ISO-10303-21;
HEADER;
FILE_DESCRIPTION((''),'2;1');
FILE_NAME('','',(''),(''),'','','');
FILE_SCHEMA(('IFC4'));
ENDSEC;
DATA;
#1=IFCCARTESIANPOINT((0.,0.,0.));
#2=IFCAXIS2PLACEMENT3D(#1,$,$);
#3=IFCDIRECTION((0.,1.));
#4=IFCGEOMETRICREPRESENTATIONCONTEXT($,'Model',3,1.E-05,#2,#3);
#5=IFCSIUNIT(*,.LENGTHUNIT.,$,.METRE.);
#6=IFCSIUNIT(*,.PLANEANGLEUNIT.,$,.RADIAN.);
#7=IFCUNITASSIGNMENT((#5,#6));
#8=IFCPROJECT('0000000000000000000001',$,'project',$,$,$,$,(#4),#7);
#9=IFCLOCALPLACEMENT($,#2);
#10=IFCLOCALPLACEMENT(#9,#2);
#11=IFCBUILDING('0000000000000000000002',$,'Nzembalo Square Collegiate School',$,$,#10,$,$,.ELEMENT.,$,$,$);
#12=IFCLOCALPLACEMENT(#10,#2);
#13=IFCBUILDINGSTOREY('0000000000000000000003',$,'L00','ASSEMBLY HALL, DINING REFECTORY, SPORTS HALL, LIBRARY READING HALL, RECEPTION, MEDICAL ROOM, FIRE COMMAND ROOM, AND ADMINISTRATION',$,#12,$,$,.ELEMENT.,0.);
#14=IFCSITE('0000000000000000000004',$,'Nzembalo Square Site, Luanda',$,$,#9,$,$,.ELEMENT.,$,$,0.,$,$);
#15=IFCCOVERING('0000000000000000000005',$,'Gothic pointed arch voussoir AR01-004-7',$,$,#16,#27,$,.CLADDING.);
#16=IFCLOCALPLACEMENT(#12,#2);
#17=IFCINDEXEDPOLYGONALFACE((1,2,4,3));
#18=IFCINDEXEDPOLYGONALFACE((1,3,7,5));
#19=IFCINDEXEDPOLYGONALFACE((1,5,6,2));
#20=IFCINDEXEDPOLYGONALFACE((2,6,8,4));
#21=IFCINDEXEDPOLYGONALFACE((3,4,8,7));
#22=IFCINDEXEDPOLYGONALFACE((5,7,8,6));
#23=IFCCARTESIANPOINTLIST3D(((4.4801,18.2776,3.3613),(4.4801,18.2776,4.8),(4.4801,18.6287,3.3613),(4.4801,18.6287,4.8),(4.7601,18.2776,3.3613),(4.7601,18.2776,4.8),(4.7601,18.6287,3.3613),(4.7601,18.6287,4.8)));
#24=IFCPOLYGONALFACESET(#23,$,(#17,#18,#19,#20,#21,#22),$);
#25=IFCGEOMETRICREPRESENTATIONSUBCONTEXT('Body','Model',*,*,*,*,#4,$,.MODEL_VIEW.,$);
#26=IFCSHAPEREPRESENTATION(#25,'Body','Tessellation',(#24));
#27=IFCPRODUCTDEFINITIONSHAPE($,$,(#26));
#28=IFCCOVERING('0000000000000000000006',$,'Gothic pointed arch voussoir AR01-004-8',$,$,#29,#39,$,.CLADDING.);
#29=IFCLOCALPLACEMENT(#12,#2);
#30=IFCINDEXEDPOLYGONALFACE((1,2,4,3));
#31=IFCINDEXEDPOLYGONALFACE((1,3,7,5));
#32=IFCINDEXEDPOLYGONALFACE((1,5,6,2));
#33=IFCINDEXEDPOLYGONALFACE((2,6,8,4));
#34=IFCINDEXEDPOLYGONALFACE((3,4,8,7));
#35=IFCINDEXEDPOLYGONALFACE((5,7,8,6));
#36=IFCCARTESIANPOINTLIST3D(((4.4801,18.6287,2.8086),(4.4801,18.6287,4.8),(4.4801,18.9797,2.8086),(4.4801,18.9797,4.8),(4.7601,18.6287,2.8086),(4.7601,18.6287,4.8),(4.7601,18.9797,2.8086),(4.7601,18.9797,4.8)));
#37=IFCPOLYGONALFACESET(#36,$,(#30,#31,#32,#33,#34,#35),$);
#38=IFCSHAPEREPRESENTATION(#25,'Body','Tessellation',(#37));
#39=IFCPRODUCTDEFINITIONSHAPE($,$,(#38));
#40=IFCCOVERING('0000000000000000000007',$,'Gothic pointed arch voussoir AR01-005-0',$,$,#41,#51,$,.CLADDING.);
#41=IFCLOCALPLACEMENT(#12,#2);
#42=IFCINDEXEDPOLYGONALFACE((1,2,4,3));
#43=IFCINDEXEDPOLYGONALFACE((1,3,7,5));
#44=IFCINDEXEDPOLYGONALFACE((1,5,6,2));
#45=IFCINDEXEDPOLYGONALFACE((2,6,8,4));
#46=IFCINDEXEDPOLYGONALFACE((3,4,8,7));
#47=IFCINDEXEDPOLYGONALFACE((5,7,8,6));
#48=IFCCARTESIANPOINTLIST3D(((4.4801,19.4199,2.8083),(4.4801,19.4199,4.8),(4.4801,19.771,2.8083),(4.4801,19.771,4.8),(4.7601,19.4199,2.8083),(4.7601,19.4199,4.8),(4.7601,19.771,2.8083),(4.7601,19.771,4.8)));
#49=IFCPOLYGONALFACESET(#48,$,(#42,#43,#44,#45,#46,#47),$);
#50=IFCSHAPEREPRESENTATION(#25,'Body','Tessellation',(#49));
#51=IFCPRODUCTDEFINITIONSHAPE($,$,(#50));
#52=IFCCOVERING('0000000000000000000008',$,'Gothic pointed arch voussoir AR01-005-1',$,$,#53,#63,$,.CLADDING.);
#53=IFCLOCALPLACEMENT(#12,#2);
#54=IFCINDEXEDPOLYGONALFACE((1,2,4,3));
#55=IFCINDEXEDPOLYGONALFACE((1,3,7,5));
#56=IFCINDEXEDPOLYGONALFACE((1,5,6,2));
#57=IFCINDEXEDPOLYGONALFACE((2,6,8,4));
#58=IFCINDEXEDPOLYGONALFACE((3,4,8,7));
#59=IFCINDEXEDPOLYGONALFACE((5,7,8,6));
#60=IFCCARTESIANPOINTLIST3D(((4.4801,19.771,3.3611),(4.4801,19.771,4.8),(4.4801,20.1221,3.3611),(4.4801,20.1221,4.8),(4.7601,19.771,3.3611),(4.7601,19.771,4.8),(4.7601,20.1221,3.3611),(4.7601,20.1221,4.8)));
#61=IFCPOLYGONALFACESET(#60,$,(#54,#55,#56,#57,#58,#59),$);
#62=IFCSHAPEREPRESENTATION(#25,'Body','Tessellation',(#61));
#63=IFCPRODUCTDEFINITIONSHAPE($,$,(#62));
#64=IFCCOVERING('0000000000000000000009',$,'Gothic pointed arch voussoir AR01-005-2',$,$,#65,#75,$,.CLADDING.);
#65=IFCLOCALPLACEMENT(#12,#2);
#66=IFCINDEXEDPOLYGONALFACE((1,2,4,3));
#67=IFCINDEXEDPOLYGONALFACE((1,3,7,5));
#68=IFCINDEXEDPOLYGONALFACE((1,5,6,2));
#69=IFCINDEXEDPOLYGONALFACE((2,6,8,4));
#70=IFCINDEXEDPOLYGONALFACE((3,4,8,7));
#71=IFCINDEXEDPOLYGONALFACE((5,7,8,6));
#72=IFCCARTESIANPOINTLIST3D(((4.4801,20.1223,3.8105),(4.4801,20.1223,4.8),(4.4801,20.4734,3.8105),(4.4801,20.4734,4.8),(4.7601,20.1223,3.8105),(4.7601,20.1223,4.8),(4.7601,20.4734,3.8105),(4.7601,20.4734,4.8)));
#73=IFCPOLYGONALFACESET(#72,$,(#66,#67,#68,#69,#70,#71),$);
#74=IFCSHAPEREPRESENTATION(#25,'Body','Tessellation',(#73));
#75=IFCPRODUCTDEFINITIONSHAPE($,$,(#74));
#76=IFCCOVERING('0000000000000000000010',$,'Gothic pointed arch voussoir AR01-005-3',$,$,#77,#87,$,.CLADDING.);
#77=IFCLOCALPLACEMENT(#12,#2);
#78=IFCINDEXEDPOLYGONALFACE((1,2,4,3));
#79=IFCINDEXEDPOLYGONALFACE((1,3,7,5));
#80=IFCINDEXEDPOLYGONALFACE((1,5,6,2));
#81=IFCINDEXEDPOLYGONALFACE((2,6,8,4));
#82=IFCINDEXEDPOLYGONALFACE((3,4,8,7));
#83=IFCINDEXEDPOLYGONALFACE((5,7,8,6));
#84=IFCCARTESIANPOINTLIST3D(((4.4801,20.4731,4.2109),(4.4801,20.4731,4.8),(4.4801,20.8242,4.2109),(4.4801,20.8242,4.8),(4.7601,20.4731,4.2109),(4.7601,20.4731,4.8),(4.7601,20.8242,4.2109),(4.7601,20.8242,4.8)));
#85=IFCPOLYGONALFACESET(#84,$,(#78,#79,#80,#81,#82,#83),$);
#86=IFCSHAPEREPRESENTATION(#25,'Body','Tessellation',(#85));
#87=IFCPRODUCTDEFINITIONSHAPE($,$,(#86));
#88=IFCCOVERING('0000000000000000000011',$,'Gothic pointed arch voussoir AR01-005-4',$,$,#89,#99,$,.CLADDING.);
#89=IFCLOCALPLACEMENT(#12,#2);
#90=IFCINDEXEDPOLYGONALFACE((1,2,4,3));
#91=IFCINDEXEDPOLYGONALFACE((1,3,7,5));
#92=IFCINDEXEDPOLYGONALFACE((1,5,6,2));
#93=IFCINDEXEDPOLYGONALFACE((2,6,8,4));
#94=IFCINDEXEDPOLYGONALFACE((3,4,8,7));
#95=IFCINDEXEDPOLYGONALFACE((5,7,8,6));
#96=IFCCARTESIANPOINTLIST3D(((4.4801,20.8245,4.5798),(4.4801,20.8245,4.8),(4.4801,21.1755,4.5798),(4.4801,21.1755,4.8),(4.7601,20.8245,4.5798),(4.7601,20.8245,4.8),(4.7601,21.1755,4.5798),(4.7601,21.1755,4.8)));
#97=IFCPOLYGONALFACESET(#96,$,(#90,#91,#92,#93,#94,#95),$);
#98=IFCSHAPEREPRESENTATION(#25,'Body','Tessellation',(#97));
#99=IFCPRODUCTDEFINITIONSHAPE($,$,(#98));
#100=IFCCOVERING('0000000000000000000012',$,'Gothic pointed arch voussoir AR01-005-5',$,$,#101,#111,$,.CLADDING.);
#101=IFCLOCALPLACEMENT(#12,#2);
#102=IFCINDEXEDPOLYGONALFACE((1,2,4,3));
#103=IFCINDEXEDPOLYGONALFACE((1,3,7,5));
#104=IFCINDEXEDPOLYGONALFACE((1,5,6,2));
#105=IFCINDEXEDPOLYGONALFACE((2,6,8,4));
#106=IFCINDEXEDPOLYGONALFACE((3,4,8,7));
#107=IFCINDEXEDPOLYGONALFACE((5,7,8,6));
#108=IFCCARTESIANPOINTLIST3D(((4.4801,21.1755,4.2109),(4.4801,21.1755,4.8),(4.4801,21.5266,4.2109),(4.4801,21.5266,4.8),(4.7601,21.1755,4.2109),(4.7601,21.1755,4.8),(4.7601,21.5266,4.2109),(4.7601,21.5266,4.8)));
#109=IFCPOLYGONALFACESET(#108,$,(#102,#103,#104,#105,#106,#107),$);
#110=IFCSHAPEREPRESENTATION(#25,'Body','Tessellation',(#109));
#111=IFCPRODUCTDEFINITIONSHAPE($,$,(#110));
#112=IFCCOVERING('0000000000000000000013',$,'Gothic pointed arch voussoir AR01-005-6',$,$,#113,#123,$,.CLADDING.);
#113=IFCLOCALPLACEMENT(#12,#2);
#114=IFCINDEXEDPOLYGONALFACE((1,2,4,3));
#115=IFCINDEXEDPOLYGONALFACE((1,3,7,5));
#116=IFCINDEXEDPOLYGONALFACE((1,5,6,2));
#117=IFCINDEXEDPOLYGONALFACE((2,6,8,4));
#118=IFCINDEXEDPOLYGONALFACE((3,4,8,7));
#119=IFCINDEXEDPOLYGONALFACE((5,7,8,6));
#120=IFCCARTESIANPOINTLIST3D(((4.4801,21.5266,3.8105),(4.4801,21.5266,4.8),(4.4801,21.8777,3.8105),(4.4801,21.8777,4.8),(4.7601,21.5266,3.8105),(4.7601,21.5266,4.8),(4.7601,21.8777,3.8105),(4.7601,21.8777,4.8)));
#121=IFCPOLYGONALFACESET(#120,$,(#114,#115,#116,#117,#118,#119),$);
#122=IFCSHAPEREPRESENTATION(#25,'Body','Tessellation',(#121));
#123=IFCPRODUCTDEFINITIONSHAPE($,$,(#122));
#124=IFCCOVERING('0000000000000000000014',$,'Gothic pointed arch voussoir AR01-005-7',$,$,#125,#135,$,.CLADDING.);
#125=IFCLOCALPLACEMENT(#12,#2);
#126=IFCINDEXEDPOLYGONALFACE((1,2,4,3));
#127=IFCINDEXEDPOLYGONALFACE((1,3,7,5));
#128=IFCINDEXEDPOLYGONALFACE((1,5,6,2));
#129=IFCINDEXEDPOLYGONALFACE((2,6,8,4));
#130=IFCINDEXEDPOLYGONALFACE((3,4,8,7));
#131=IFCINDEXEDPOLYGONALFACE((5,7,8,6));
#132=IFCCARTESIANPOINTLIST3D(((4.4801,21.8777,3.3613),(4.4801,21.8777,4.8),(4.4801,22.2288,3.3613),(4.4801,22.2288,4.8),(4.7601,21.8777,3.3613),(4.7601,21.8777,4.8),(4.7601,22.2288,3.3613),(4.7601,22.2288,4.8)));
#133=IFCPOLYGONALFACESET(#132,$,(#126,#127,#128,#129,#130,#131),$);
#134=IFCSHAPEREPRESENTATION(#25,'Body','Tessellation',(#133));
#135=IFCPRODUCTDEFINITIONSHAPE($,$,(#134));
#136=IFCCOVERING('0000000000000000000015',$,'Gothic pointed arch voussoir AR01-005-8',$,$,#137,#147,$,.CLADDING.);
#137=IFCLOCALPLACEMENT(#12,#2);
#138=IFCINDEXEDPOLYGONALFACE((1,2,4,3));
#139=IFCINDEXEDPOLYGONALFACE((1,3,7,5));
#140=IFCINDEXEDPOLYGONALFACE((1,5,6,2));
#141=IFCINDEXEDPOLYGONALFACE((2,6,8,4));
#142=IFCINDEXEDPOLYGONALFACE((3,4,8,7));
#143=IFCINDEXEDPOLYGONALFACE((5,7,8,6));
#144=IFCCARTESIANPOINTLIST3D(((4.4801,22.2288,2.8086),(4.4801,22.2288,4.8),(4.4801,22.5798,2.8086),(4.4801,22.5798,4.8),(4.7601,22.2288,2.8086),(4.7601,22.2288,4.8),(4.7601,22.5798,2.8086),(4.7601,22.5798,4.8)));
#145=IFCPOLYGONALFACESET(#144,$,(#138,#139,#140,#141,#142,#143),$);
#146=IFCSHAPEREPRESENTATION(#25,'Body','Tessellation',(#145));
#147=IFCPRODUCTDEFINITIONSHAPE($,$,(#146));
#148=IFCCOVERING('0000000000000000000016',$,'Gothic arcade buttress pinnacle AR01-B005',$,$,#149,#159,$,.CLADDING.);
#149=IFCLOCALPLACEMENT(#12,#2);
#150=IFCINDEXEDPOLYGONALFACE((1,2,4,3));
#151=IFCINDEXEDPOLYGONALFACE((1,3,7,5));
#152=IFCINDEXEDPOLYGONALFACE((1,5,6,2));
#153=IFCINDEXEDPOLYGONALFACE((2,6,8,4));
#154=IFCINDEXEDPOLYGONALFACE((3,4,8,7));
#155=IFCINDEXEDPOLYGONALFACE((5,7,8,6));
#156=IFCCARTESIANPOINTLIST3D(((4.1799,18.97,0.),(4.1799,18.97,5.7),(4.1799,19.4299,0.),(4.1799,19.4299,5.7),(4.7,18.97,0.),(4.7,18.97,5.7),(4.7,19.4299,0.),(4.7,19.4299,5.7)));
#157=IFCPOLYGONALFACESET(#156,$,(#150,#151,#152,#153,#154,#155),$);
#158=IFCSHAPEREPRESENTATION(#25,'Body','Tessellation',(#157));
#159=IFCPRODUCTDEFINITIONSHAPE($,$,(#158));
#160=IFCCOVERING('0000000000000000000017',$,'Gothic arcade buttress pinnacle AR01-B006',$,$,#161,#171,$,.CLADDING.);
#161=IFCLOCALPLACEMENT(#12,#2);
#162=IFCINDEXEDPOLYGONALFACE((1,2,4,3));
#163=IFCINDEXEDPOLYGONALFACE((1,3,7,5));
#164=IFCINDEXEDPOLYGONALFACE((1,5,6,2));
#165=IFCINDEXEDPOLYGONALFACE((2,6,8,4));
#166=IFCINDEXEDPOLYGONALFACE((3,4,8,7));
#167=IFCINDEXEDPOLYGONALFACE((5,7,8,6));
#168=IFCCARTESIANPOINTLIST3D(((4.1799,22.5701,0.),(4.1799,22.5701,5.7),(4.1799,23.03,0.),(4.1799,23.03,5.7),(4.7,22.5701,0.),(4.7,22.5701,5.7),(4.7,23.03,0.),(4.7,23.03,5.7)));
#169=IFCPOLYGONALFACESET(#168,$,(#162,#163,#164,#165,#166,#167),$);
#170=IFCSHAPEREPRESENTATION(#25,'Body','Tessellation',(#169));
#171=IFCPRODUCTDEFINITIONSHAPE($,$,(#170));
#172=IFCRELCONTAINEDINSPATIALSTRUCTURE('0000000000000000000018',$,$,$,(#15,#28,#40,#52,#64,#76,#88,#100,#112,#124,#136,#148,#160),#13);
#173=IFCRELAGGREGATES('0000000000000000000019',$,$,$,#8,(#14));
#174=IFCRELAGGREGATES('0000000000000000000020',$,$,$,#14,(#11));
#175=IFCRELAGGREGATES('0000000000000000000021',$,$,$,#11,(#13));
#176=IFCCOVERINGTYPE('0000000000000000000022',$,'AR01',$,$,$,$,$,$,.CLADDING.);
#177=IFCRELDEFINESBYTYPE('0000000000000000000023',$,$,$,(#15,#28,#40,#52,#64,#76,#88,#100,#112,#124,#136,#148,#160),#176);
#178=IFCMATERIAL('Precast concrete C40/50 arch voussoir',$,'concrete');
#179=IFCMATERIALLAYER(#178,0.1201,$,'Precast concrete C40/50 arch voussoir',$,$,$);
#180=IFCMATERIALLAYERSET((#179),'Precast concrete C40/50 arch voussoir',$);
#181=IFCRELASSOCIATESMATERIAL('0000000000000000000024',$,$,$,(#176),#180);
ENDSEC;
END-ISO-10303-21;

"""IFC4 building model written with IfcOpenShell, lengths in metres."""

from ifc_helpers import new_model, si_unit, direction, frame, origin, origin_2d, place, context, subcontext, project, spatial, rectangle, extrude, material, layer, layer_set, type_object, element, save


model = new_model("IFC4")

# Units and contexts
model_context = context("Model", 3, precision=1e-05, world=origin(), true_north=direction((0.0, 1.0)))
body_context = subcontext(model_context, "Body", "Model", "MODEL_VIEW")
ifc_project = project(units=[si_unit("LENGTHUNIT", "METRE"), si_unit("PLANEANGLEUNIT", "RADIAN")], contexts=[model_context])

# Site, building, storey
site_placement = place(None, origin())
site = spatial("IfcSite", under=ifc_project, at=site_placement, Name="Nzembalo Square Site, Luanda", CompositionType="ELEMENT", RefElevation=0.0)
building_placement = place(site_placement, origin())
building = spatial("IfcBuilding", under=site, at=building_placement, Name="Nzembalo Square Collegiate School", CompositionType="ELEMENT")
storey_placement = place(building_placement, origin())
storey = spatial("IfcBuildingStorey", under=building, at=storey_placement, Name="L00", Description="ASSEMBLY HALL, DINING REFECTORY, SPORTS HALL, LIBRARY READING HALL, RECEPTION, MEDICAL ROOM, FIRE COMMAND ROOM, AND ADMINISTRATION", CompositionType="ELEMENT", Elevation=0.0)

# Coverings
ifc_material_1 = material(Name="Precast concrete C40/50 arch voussoir", Category="concrete")
ifc_layer_1 = layer(ifc_material_1, 0.1201, Name="Precast concrete C40/50 arch voussoir")
ifc_layer_set_1 = layer_set([ifc_layer_1], Name="Precast concrete C40/50 arch voussoir")
covering_type = type_object("IfcCoveringType", Name="AR01", PredefinedType="CLADDING", material=ifc_layer_set_1)
covering_1_placement = place(storey_placement, frame((4.6201, 18.4531, 3.3613), z_axis=(0.0, 0.0, 1.0), x_axis=(1.0, 0.0, 0.0)))
element("IfcCovering", 1, at=covering_1_placement, inside=storey, type_object=covering_type, Name="Gothic pointed arch voussoir AR01-004-7", PredefinedType="CLADDING", context=body_context, shape_type="SweptSolid", body=[
    extrude(rectangle(XDim=0.28, YDim=0.3511, at=origin_2d()), origin(), (0.0, 0.0, 1.0), 1.4387),
])
covering_2_placement = place(storey_placement, frame((4.6201, 18.8042, 2.8086), z_axis=(0.0, 0.0, 1.0), x_axis=(1.0, 0.0, 0.0)))
element("IfcCovering", 2, at=covering_2_placement, inside=storey, type_object=covering_type, Name="Gothic pointed arch voussoir AR01-004-8", PredefinedType="CLADDING", context=body_context, shape_type="SweptSolid", body=[
    extrude(rectangle(XDim=0.28, YDim=0.3511, at=origin_2d()), origin(), (0.0, 0.0, 1.0), 1.9915),
])
covering_3_placement = place(storey_placement, frame((4.6201, 19.5955, 2.8083), z_axis=(0.0, 0.0, 1.0), x_axis=(1.0, 0.0, 0.0)))
element("IfcCovering", 3, at=covering_3_placement, inside=storey, type_object=covering_type, Name="Gothic pointed arch voussoir AR01-005-0", PredefinedType="CLADDING", context=body_context, shape_type="SweptSolid", body=[
    extrude(rectangle(XDim=0.28, YDim=0.3511, at=origin_2d()), origin(), (0.0, 0.0, 1.0), 1.9917),
])
covering_4_placement = place(storey_placement, frame((4.6201, 19.9465, 3.3611), z_axis=(0.0, 0.0, 1.0), x_axis=(1.0, 0.0, 0.0)))
element("IfcCovering", 4, at=covering_4_placement, inside=storey, type_object=covering_type, Name="Gothic pointed arch voussoir AR01-005-1", PredefinedType="CLADDING", context=body_context, shape_type="SweptSolid", body=[
    extrude(rectangle(XDim=0.28, YDim=0.3511, at=origin_2d()), origin(), (0.0, 0.0, 1.0), 1.439),
])
covering_5_placement = place(storey_placement, frame((4.6201, 20.2979, 3.8105), z_axis=(0.0, 0.0, 1.0), x_axis=(1.0, 0.0, 0.0)))
element("IfcCovering", 5, at=covering_5_placement, inside=storey, type_object=covering_type, Name="Gothic pointed arch voussoir AR01-005-2", PredefinedType="CLADDING", context=body_context, shape_type="SweptSolid", body=[
    extrude(rectangle(XDim=0.28, YDim=0.3511, at=origin_2d()), origin(), (0.0, 0.0, 1.0), 0.9895),
])
covering_6_placement = place(storey_placement, frame((4.6201, 20.6487, 4.2109), z_axis=(0.0, 0.0, 1.0), x_axis=(1.0, 0.0, 0.0)))
element("IfcCovering", 6, at=covering_6_placement, inside=storey, type_object=covering_type, Name="Gothic pointed arch voussoir AR01-005-3", PredefinedType="CLADDING", context=body_context, shape_type="SweptSolid", body=[
    extrude(rectangle(XDim=0.28, YDim=0.3511, at=origin_2d()), origin(), (0.0, 0.0, 1.0), 0.5891),
])
covering_7_placement = place(storey_placement, frame((4.6201, 21.0, 4.5798), z_axis=(0.0, 0.0, 1.0), x_axis=(1.0, 0.0, 0.0)))
element("IfcCovering", 7, at=covering_7_placement, inside=storey, type_object=covering_type, Name="Gothic pointed arch voussoir AR01-005-4", PredefinedType="CLADDING", context=body_context, shape_type="SweptSolid", body=[
    extrude(rectangle(XDim=0.28, YDim=0.3511, at=origin_2d()), origin(), (0.0, 0.0, 1.0), 0.2202),
])
covering_8_placement = place(storey_placement, frame((4.6201, 21.3511, 4.2109), z_axis=(0.0, 0.0, 1.0), x_axis=(1.0, 0.0, 0.0)))
element("IfcCovering", 8, at=covering_8_placement, inside=storey, type_object=covering_type, Name="Gothic pointed arch voussoir AR01-005-5", PredefinedType="CLADDING", context=body_context, shape_type="SweptSolid", body=[
    extrude(rectangle(XDim=0.28, YDim=0.3511, at=origin_2d()), origin(), (0.0, 0.0, 1.0), 0.5891),
])
covering_9_placement = place(storey_placement, frame((4.6201, 21.7021, 3.8105), z_axis=(0.0, 0.0, 1.0), x_axis=(1.0, 0.0, 0.0)))
element("IfcCovering", 9, at=covering_9_placement, inside=storey, type_object=covering_type, Name="Gothic pointed arch voussoir AR01-005-6", PredefinedType="CLADDING", context=body_context, shape_type="SweptSolid", body=[
    extrude(rectangle(XDim=0.28, YDim=0.3511, at=origin_2d()), origin(), (0.0, 0.0, 1.0), 0.9895),
])
covering_10_placement = place(storey_placement, frame((4.6201, 22.0532, 3.3613), z_axis=(0.0, 0.0, 1.0), x_axis=(1.0, 0.0, 0.0)))
element("IfcCovering", 10, at=covering_10_placement, inside=storey, type_object=covering_type, Name="Gothic pointed arch voussoir AR01-005-7", PredefinedType="CLADDING", context=body_context, shape_type="SweptSolid", body=[
    extrude(rectangle(XDim=0.28, YDim=0.3511, at=origin_2d()), origin(), (0.0, 0.0, 1.0), 1.4387),
])
covering_11_placement = place(storey_placement, frame((4.6201, 22.4043, 2.8086), z_axis=(0.0, 0.0, 1.0), x_axis=(1.0, 0.0, 0.0)))
element("IfcCovering", 11, at=covering_11_placement, inside=storey, type_object=covering_type, Name="Gothic pointed arch voussoir AR01-005-8", PredefinedType="CLADDING", context=body_context, shape_type="SweptSolid", body=[
    extrude(rectangle(XDim=0.28, YDim=0.3511, at=origin_2d()), origin(), (0.0, 0.0, 1.0), 1.9915),
])
for number, where, z_axis, x_axis, name in (
    (12, (4.4399, 19.2, 0.0), (0.0, 0.0, 1.0), (1.0, 0.0, 0.0), "Gothic arcade buttress pinnacle AR01-B005"),
    (13, (4.4399, 22.8, 0.0), (0.0, 0.0, 1.0), (1.0, 0.0, 0.0), "Gothic arcade buttress pinnacle AR01-B006"),
):
    element("IfcCovering", number, at=place(storey_placement, frame(where, z_axis=z_axis, x_axis=x_axis)), inside=storey, type_object=covering_type, Name=name, PredefinedType="CLADDING", context=body_context, shape_type="SweptSolid", body=[
        extrude(rectangle(XDim=0.52, YDim=0.46, at=origin_2d()), origin(), (0.0, 0.0, 1.0), 5.7),
    ])

save(model, "model.ifc")
